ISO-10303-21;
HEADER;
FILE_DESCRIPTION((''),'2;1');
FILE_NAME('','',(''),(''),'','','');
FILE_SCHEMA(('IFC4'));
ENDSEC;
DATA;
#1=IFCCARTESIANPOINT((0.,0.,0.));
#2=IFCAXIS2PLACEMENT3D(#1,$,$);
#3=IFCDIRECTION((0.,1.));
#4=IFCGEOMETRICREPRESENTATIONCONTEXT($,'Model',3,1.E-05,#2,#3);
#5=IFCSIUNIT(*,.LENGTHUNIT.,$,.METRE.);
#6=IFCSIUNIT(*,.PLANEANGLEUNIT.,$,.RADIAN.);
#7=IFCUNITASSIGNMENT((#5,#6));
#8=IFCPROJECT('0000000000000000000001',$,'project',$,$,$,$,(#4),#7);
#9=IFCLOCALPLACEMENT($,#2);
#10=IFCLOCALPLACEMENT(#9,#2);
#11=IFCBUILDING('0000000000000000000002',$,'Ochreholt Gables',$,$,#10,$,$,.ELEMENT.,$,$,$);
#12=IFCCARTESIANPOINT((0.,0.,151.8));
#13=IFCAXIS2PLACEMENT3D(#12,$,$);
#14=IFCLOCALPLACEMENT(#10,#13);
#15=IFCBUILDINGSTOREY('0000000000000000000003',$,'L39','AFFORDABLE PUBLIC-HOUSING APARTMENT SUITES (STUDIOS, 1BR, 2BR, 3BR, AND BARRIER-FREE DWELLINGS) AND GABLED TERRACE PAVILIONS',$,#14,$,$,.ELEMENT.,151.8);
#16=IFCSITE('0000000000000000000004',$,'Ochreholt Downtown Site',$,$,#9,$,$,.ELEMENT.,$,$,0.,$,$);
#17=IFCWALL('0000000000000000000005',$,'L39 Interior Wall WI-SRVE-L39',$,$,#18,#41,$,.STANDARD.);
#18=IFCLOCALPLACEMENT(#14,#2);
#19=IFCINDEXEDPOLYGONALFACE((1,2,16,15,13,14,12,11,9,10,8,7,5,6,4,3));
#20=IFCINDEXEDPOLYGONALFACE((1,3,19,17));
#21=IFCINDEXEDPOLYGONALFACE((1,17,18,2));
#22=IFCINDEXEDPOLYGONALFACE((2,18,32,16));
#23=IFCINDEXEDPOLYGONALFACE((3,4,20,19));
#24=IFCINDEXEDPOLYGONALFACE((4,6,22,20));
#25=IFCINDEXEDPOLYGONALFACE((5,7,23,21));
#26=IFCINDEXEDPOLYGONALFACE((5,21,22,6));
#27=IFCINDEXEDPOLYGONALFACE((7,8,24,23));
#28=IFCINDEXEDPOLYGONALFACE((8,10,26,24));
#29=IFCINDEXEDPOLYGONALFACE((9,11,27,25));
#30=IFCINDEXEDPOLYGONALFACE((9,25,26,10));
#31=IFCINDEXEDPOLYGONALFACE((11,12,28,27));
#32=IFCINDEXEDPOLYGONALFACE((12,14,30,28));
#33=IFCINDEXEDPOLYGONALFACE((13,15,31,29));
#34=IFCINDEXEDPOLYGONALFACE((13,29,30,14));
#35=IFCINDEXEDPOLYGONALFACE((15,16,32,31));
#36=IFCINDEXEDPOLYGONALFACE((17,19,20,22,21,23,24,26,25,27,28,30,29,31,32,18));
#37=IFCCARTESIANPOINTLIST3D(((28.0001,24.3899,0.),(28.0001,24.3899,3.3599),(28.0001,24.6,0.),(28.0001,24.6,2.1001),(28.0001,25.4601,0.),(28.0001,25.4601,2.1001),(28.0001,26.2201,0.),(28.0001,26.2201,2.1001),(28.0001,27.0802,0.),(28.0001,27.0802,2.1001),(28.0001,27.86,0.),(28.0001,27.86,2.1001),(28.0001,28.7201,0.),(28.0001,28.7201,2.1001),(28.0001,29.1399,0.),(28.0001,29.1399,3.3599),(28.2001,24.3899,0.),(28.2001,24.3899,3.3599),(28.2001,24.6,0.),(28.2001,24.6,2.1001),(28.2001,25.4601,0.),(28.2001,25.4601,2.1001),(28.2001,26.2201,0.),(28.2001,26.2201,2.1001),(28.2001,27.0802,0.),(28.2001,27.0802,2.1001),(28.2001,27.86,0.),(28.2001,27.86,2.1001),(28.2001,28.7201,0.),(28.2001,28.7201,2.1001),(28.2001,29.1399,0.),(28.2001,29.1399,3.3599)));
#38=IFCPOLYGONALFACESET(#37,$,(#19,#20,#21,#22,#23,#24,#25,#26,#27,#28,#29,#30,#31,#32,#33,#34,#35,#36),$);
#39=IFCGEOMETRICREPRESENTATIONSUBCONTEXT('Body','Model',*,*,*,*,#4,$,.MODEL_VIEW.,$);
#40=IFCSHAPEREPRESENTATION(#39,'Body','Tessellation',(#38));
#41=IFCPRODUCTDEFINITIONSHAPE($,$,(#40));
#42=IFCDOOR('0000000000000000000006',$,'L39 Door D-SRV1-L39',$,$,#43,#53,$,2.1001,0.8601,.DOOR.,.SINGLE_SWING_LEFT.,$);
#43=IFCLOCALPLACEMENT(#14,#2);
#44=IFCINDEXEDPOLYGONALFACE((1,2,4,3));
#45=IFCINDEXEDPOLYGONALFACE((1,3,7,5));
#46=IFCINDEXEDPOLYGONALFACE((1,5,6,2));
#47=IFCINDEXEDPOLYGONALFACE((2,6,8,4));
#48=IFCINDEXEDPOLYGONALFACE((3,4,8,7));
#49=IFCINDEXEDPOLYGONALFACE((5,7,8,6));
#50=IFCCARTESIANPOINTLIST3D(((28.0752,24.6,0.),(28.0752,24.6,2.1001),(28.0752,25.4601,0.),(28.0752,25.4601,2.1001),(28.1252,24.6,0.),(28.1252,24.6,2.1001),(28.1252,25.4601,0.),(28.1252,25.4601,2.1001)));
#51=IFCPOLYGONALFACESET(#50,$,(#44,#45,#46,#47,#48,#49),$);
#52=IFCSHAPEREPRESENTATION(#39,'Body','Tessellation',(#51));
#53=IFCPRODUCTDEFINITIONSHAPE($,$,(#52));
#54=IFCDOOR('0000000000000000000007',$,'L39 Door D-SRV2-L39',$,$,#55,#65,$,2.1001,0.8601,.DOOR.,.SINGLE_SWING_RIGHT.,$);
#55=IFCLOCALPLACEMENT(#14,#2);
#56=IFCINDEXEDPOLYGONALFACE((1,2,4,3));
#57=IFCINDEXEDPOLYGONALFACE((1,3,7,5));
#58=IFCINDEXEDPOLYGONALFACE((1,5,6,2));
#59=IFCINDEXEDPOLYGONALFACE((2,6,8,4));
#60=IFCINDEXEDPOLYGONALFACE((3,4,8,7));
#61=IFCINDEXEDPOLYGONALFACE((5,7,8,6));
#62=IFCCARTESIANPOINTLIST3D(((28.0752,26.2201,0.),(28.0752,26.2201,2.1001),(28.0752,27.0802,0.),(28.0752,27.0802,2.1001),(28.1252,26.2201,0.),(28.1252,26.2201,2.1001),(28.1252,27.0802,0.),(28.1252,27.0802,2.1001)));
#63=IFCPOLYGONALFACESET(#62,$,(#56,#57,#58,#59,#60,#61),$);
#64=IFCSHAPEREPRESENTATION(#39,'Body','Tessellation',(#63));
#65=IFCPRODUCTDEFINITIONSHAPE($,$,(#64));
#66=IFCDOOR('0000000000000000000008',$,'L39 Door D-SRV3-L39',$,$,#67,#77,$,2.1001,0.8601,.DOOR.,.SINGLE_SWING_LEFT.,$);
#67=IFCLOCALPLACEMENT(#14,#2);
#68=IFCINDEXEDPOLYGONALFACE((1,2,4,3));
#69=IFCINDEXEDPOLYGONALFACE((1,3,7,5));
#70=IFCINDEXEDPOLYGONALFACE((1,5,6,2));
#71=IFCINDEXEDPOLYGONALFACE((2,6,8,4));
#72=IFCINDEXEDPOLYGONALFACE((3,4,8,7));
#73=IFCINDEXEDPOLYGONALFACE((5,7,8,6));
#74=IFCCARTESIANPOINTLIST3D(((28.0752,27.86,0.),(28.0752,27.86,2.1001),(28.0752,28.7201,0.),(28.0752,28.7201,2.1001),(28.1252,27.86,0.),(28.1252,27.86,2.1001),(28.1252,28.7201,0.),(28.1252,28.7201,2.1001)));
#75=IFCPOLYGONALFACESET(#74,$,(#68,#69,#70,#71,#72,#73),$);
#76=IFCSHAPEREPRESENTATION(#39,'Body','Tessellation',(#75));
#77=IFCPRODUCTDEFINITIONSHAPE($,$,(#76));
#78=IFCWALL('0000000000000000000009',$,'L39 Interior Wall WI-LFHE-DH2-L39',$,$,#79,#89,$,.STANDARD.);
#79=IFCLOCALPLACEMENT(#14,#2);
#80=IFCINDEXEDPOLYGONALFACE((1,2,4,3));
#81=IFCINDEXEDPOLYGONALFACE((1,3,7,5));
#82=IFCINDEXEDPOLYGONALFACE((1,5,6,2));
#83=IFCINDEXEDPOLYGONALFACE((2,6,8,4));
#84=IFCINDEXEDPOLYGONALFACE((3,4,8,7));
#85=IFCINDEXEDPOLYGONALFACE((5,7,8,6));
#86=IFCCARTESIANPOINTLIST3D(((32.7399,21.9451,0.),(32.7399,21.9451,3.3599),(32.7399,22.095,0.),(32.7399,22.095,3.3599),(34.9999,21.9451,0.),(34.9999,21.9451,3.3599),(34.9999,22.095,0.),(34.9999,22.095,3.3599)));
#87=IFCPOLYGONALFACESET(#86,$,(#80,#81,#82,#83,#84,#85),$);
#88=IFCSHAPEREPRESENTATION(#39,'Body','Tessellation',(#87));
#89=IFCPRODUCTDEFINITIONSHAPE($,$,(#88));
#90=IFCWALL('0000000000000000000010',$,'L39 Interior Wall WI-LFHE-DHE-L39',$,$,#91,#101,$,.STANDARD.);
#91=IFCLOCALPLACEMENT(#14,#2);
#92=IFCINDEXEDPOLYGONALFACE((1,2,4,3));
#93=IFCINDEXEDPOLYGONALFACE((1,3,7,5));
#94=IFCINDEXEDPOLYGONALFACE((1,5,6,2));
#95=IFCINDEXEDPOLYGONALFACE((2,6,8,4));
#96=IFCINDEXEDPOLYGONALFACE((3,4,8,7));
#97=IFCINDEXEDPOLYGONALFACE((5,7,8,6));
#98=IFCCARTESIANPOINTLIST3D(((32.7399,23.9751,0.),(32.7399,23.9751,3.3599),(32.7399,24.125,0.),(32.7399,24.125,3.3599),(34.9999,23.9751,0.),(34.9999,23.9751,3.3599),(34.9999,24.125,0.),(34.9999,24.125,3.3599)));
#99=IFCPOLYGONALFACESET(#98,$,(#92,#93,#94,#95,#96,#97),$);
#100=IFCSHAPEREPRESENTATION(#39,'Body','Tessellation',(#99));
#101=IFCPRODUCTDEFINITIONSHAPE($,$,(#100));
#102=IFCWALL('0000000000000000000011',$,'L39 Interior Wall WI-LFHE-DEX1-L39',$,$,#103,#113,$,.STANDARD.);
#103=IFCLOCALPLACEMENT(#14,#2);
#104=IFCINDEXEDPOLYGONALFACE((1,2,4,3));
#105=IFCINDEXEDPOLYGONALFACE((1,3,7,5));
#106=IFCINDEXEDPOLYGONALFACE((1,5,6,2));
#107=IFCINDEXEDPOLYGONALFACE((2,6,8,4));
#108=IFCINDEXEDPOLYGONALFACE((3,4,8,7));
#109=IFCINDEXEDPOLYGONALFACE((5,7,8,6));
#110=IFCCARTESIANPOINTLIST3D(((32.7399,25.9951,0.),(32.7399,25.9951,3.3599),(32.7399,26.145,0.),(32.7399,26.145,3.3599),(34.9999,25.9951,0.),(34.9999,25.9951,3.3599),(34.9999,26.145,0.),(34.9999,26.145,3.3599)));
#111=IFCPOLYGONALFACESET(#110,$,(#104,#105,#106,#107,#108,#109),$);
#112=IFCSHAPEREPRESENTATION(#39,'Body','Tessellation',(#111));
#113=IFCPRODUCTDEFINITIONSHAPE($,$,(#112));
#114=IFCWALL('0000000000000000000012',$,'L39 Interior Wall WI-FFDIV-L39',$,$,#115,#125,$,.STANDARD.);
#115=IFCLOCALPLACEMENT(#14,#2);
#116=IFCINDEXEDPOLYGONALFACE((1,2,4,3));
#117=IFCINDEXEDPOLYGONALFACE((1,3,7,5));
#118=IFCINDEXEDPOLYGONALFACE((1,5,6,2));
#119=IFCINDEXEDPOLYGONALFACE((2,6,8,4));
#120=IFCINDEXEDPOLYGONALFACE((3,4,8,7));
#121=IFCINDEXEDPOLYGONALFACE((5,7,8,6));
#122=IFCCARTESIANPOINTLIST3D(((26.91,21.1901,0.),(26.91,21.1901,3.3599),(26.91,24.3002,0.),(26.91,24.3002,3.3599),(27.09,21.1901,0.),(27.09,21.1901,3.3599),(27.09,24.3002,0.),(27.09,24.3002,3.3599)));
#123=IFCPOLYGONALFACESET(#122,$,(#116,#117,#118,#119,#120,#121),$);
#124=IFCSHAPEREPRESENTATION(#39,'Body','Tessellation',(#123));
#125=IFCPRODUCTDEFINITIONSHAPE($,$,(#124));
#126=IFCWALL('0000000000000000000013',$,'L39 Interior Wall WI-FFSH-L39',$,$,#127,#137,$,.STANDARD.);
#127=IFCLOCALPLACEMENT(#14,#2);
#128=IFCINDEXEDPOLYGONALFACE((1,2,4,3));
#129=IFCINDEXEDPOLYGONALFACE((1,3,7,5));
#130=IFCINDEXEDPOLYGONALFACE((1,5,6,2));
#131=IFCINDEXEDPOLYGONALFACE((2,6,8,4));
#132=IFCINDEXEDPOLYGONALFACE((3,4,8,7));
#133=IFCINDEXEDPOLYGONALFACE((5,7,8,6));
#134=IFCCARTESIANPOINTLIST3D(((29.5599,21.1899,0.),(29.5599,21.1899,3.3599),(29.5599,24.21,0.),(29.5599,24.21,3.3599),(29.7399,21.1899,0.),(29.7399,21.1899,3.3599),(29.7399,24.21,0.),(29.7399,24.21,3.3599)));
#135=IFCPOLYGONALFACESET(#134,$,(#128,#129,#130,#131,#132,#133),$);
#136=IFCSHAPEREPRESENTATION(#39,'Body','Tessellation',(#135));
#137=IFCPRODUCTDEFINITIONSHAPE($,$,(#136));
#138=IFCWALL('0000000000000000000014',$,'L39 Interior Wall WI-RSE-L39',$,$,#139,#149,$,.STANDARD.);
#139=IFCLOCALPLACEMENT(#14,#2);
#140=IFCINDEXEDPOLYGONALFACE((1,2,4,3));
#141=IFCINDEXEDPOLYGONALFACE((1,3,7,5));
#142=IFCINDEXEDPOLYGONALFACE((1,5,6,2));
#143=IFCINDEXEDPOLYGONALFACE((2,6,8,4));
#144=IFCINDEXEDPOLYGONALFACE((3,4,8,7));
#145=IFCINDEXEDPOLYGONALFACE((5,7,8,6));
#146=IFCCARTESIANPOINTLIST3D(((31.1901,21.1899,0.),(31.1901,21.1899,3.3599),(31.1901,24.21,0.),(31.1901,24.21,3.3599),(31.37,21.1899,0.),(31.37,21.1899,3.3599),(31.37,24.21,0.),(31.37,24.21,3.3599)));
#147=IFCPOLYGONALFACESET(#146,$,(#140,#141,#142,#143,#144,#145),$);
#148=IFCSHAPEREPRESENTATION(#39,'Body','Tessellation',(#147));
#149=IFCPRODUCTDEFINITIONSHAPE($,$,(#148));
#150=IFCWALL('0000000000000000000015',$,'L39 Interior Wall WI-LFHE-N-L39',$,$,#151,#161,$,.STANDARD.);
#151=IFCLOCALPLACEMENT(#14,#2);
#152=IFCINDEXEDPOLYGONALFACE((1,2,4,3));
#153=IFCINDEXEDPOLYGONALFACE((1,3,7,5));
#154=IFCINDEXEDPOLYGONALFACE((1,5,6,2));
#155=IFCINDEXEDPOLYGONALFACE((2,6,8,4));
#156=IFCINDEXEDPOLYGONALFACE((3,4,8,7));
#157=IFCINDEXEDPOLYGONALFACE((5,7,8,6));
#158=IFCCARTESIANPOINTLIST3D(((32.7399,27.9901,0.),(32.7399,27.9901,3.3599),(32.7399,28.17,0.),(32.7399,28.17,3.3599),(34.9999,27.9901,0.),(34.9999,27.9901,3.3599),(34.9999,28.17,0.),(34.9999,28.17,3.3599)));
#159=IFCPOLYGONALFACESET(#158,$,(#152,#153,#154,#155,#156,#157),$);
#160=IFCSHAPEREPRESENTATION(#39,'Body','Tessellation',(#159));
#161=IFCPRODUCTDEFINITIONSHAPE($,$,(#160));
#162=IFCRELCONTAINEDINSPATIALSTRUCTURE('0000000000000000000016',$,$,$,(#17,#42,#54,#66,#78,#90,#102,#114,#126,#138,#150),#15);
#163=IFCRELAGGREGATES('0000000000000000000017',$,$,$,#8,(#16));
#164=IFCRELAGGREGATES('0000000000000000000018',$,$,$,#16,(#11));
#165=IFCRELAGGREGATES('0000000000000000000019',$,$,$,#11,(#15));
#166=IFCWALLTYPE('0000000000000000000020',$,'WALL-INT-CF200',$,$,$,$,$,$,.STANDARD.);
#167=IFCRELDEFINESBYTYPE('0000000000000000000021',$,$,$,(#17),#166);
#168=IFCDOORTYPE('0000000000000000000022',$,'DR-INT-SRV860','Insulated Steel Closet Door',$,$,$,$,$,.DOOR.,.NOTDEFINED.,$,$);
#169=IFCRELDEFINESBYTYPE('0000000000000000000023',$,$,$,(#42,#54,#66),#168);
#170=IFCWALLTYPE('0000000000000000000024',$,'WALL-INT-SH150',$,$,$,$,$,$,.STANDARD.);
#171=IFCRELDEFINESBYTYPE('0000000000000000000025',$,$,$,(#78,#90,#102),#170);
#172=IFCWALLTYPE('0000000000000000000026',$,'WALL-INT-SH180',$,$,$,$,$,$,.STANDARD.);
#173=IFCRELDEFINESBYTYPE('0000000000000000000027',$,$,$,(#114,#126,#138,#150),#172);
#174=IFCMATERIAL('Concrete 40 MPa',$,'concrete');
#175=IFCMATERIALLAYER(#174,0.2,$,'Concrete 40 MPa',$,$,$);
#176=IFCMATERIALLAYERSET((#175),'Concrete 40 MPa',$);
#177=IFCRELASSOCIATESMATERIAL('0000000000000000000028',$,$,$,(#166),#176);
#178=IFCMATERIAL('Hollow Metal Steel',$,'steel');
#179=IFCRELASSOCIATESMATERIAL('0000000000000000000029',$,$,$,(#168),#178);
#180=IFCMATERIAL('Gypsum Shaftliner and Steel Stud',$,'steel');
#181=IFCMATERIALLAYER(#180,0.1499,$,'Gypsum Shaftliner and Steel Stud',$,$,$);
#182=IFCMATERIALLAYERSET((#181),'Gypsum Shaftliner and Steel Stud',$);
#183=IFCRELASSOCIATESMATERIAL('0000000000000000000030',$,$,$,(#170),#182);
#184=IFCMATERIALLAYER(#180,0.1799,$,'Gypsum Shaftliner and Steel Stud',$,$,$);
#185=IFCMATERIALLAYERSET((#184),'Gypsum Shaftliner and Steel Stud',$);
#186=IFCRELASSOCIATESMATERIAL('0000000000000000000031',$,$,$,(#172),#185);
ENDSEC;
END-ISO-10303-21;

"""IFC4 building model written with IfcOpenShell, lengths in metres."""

from ifc_helpers import new_model, si_unit, direction, frame, frame_2d, origin, place, context, subcontext, project, spatial, rectangle, extrude, material, layer, layer_set, type_object, element, fill, save


model = new_model("IFC4")

# Units and contexts
model_context = context("Model", 3, precision=1e-05, world=origin(), true_north=direction((0.0, 1.0)))
body_context = subcontext(model_context, "Body", "Model", "MODEL_VIEW")
ifc_project = project(units=[si_unit("LENGTHUNIT", "METRE"), si_unit("PLANEANGLEUNIT", "RADIAN")], contexts=[model_context])

# Site, building, storey
site_placement = place(None, origin())
site = spatial("IfcSite", under=ifc_project, at=site_placement, Name="Ochreholt Downtown Site", CompositionType="ELEMENT", RefElevation=0.0)
building_placement = place(site_placement, origin())
building = spatial("IfcBuilding", under=site, at=building_placement, Name="Ochreholt Gables", CompositionType="ELEMENT")
storey_placement = place(building_placement, frame((0.0, 0.0, 151.8)))
storey = spatial("IfcBuildingStorey", under=building, at=storey_placement, Name="L39", Description="AFFORDABLE PUBLIC-HOUSING APARTMENT SUITES (STUDIOS, 1BR, 2BR, 3BR, AND BARRIER-FREE DWELLINGS) AND GABLED TERRACE PAVILIONS", CompositionType="ELEMENT", Elevation=151.8)

# Wall, openings, doors
ifc_material_1 = material(Name="Concrete 40 MPa", Category="concrete")
ifc_layer_1 = layer(ifc_material_1, 0.2, Name="Concrete 40 MPa")
ifc_layer_set_1 = layer_set([ifc_layer_1], Name="Concrete 40 MPa")
wall_type_1 = type_object("IfcWallType", Name="WALL-INT-CF200", PredefinedType="STANDARD", material=ifc_layer_set_1)
wall_1_placement = place(storey_placement, frame((28.1001, 24.3899, 0.0), z_axis=(0.0, 0.0, 1.0), x_axis=(0.0, 1.0, 0.0)))
wall_1 = element("IfcWall", 1, at=wall_1_placement, inside=storey, type_object=wall_type_1, Name="L39 Interior Wall WI-SRVE-L39", PredefinedType="STANDARD", context=body_context, shape_type="SweptSolid", body=[
    extrude(rectangle(XDim=4.75, YDim=0.2, at=frame_2d((2.375, 0.0))), origin(), (0.0, 0.0, 1.0), 3.3599),
])
opening_1_placement = place(wall_1_placement, frame((0.21, 0.0, 0.0)))
opening_1 = element("IfcOpeningElement", 2, at=opening_1_placement, cuts=wall_1, PredefinedType="OPENING", context=body_context, shape_type="SweptSolid", body=[
    extrude(rectangle(XDim=0.8601, YDim=2.1001, at=frame_2d((0.4302, 1.05))), frame((0.0, 0.1099, 0.0), z_axis=(0.0, -1.0, 0.0), x_axis=(1.0, 0.0, 0.0)), (0.0, 0.0, 1.0), 0.22),
])
opening_2_placement = place(wall_1_placement, frame((1.8301, 0.0, 0.0)))
opening_2 = element("IfcOpeningElement", 3, at=opening_2_placement, cuts=wall_1, PredefinedType="OPENING", context=body_context, shape_type="SweptSolid", body=[
    extrude(rectangle(XDim=0.8601, YDim=2.1001, at=frame_2d((0.4302, 1.05))), frame((0.0, 0.1099, 0.0), z_axis=(0.0, -1.0, 0.0), x_axis=(1.0, 0.0, 0.0)), (0.0, 0.0, 1.0), 0.22),
])
opening_3_placement = place(wall_1_placement, frame((3.47, 0.0, 0.0)))
opening_3 = element("IfcOpeningElement", 4, at=opening_3_placement, cuts=wall_1, PredefinedType="OPENING", context=body_context, shape_type="SweptSolid", body=[
    extrude(rectangle(XDim=0.8601, YDim=2.1001, at=frame_2d((0.4302, 1.05))), frame((0.0, 0.1099, 0.0), z_axis=(0.0, -1.0, 0.0), x_axis=(1.0, 0.0, 0.0)), (0.0, 0.0, 1.0), 0.22),
])
ifc_material_2 = material(Name="Hollow Metal Steel", Category="steel")
door_type_1 = type_object("IfcDoorType", Name="DR-INT-SRV860", Description="Insulated Steel Closet Door", OperationType="NOTDEFINED", PredefinedType="DOOR", material=ifc_material_2)
door_1_placement = place(opening_1_placement, origin())
door_1 = element("IfcDoor", 5, at=door_1_placement, inside=storey, type_object=door_type_1, Name="L39 Door D-SRV1-L39", OperationType="SINGLE_SWING_LEFT", OverallHeight=2.1001, OverallWidth=0.8601, PredefinedType="DOOR", context=body_context, shape_type="SweptSolid", body=[
    extrude(rectangle(XDim=0.8601, YDim=2.1001, at=frame_2d((0.4302, 1.05))), frame((0.0, 0.0249, 0.0), z_axis=(0.0, -1.0, 0.0), x_axis=(1.0, 0.0, 0.0)), (0.0, 0.0, 1.0), 0.05),
])
fill(opening_1, door_1)
door_2_placement = place(opening_2_placement, origin())
door_2 = element("IfcDoor", 6, at=door_2_placement, inside=storey, type_object=door_type_1, Name="L39 Door D-SRV2-L39", OperationType="SINGLE_SWING_RIGHT", OverallHeight=2.1001, OverallWidth=0.8601, PredefinedType="DOOR", context=body_context, shape_type="SweptSolid", body=[
    extrude(rectangle(XDim=0.8601, YDim=2.1001, at=frame_2d((0.4302, 1.05))), frame((0.0, 0.0249, 0.0), z_axis=(0.0, -1.0, 0.0), x_axis=(1.0, 0.0, 0.0)), (0.0, 0.0, 1.0), 0.05),
])
fill(opening_2, door_2)
door_3_placement = place(opening_3_placement, origin())
door_3 = element("IfcDoor", 7, at=door_3_placement, inside=storey, type_object=door_type_1, Name="L39 Door D-SRV3-L39", OperationType="SINGLE_SWING_LEFT", OverallHeight=2.1001, OverallWidth=0.8601, PredefinedType="DOOR", context=body_context, shape_type="SweptSolid", body=[
    extrude(rectangle(XDim=0.8601, YDim=2.1001, at=frame_2d((0.4302, 1.05))), frame((0.0, 0.0249, 0.0), z_axis=(0.0, -1.0, 0.0), x_axis=(1.0, 0.0, 0.0)), (0.0, 0.0, 1.0), 0.05),
])
fill(opening_3, door_3)

# Walls
ifc_material_3 = material(Name="Gypsum Shaftliner and Steel Stud", Category="steel")
ifc_layer_2 = layer(ifc_material_3, 0.1499, Name="Gypsum Shaftliner and Steel Stud")
ifc_layer_set_2 = layer_set([ifc_layer_2], Name="Gypsum Shaftliner and Steel Stud")
wall_type_2 = type_object("IfcWallType", Name="WALL-INT-SH150", PredefinedType="STANDARD", material=ifc_layer_set_2)
for number, where, z_axis, x_axis, name in (
    (8, (32.74, 22.02, 0.0), (0.0, 0.0, 1.0), (1.0, 0.0, 0.0), "L39 Interior Wall WI-LFHE-DH2-L39"),
    (9, (32.74, 24.05, 0.0), (0.0, 0.0, 1.0), (1.0, 0.0, 0.0), "L39 Interior Wall WI-LFHE-DHE-L39"),
    (10, (32.74, 26.0701, 0.0), (0.0, 0.0, 1.0), (1.0, 0.0, 0.0), "L39 Interior Wall WI-LFHE-DEX1-L39"),
):
    element("IfcWall", number, at=place(storey_placement, frame(where, z_axis=z_axis, x_axis=x_axis)), inside=storey, type_object=wall_type_2, Name=name, PredefinedType="STANDARD", context=body_context, shape_type="SweptSolid", body=[
        extrude(rectangle(XDim=2.26, YDim=0.1499, at=frame_2d((1.1299, 0.0))), origin(), (0.0, 0.0, 1.0), 3.3599),
    ])
ifc_layer_3 = layer(ifc_material_3, 0.1799, Name="Gypsum Shaftliner and Steel Stud")
ifc_layer_set_3 = layer_set([ifc_layer_3], Name="Gypsum Shaftliner and Steel Stud")
wall_type_3 = type_object("IfcWallType", Name="WALL-INT-SH180", PredefinedType="STANDARD", material=ifc_layer_set_3)
wall_2_placement = place(storey_placement, frame((27.0, 21.1899, 0.0), z_axis=(0.0, 0.0, 1.0), x_axis=(0.0, 1.0, 0.0)))
element("IfcWall", 11, at=wall_2_placement, inside=storey, type_object=wall_type_3, Name="L39 Interior Wall WI-FFDIV-L39", PredefinedType="STANDARD", context=body_context, shape_type="SweptSolid", body=[
    extrude(rectangle(XDim=3.1101, YDim=0.1799, at=frame_2d((1.5552, 0.0))), origin(), (0.0, 0.0, 1.0), 3.3599),
])
for number, where, z_axis, x_axis, name in (
    (12, (29.6499, 21.1899, 0.0), (0.0, 0.0, 1.0), (0.0, 1.0, 0.0), "L39 Interior Wall WI-FFSH-L39"),
    (13, (31.28, 21.1899, 0.0), (0.0, 0.0, 1.0), (0.0, 1.0, 0.0), "L39 Interior Wall WI-RSE-L39"),
):
    element("IfcWall", number, at=place(storey_placement, frame(where, z_axis=z_axis, x_axis=x_axis)), inside=storey, type_object=wall_type_3, Name=name, PredefinedType="STANDARD", context=body_context, shape_type="SweptSolid", body=[
        extrude(rectangle(XDim=3.02, YDim=0.1799, at=frame_2d((1.51, 0.0))), origin(), (0.0, 0.0, 1.0), 3.3599),
    ])
wall_3_placement = place(storey_placement, frame((32.74, 28.0801, 0.0), z_axis=(0.0, 0.0, 1.0), x_axis=(1.0, 0.0, 0.0)))
element("IfcWall", 14, at=wall_3_placement, inside=storey, type_object=wall_type_3, Name="L39 Interior Wall WI-LFHE-N-L39", PredefinedType="STANDARD", context=body_context, shape_type="SweptSolid", body=[
    extrude(rectangle(XDim=2.26, YDim=0.1799, at=frame_2d((1.1299, 0.0))), origin(), (0.0, 0.0, 1.0), 3.3599),
])

save(model, "model.ifc")
